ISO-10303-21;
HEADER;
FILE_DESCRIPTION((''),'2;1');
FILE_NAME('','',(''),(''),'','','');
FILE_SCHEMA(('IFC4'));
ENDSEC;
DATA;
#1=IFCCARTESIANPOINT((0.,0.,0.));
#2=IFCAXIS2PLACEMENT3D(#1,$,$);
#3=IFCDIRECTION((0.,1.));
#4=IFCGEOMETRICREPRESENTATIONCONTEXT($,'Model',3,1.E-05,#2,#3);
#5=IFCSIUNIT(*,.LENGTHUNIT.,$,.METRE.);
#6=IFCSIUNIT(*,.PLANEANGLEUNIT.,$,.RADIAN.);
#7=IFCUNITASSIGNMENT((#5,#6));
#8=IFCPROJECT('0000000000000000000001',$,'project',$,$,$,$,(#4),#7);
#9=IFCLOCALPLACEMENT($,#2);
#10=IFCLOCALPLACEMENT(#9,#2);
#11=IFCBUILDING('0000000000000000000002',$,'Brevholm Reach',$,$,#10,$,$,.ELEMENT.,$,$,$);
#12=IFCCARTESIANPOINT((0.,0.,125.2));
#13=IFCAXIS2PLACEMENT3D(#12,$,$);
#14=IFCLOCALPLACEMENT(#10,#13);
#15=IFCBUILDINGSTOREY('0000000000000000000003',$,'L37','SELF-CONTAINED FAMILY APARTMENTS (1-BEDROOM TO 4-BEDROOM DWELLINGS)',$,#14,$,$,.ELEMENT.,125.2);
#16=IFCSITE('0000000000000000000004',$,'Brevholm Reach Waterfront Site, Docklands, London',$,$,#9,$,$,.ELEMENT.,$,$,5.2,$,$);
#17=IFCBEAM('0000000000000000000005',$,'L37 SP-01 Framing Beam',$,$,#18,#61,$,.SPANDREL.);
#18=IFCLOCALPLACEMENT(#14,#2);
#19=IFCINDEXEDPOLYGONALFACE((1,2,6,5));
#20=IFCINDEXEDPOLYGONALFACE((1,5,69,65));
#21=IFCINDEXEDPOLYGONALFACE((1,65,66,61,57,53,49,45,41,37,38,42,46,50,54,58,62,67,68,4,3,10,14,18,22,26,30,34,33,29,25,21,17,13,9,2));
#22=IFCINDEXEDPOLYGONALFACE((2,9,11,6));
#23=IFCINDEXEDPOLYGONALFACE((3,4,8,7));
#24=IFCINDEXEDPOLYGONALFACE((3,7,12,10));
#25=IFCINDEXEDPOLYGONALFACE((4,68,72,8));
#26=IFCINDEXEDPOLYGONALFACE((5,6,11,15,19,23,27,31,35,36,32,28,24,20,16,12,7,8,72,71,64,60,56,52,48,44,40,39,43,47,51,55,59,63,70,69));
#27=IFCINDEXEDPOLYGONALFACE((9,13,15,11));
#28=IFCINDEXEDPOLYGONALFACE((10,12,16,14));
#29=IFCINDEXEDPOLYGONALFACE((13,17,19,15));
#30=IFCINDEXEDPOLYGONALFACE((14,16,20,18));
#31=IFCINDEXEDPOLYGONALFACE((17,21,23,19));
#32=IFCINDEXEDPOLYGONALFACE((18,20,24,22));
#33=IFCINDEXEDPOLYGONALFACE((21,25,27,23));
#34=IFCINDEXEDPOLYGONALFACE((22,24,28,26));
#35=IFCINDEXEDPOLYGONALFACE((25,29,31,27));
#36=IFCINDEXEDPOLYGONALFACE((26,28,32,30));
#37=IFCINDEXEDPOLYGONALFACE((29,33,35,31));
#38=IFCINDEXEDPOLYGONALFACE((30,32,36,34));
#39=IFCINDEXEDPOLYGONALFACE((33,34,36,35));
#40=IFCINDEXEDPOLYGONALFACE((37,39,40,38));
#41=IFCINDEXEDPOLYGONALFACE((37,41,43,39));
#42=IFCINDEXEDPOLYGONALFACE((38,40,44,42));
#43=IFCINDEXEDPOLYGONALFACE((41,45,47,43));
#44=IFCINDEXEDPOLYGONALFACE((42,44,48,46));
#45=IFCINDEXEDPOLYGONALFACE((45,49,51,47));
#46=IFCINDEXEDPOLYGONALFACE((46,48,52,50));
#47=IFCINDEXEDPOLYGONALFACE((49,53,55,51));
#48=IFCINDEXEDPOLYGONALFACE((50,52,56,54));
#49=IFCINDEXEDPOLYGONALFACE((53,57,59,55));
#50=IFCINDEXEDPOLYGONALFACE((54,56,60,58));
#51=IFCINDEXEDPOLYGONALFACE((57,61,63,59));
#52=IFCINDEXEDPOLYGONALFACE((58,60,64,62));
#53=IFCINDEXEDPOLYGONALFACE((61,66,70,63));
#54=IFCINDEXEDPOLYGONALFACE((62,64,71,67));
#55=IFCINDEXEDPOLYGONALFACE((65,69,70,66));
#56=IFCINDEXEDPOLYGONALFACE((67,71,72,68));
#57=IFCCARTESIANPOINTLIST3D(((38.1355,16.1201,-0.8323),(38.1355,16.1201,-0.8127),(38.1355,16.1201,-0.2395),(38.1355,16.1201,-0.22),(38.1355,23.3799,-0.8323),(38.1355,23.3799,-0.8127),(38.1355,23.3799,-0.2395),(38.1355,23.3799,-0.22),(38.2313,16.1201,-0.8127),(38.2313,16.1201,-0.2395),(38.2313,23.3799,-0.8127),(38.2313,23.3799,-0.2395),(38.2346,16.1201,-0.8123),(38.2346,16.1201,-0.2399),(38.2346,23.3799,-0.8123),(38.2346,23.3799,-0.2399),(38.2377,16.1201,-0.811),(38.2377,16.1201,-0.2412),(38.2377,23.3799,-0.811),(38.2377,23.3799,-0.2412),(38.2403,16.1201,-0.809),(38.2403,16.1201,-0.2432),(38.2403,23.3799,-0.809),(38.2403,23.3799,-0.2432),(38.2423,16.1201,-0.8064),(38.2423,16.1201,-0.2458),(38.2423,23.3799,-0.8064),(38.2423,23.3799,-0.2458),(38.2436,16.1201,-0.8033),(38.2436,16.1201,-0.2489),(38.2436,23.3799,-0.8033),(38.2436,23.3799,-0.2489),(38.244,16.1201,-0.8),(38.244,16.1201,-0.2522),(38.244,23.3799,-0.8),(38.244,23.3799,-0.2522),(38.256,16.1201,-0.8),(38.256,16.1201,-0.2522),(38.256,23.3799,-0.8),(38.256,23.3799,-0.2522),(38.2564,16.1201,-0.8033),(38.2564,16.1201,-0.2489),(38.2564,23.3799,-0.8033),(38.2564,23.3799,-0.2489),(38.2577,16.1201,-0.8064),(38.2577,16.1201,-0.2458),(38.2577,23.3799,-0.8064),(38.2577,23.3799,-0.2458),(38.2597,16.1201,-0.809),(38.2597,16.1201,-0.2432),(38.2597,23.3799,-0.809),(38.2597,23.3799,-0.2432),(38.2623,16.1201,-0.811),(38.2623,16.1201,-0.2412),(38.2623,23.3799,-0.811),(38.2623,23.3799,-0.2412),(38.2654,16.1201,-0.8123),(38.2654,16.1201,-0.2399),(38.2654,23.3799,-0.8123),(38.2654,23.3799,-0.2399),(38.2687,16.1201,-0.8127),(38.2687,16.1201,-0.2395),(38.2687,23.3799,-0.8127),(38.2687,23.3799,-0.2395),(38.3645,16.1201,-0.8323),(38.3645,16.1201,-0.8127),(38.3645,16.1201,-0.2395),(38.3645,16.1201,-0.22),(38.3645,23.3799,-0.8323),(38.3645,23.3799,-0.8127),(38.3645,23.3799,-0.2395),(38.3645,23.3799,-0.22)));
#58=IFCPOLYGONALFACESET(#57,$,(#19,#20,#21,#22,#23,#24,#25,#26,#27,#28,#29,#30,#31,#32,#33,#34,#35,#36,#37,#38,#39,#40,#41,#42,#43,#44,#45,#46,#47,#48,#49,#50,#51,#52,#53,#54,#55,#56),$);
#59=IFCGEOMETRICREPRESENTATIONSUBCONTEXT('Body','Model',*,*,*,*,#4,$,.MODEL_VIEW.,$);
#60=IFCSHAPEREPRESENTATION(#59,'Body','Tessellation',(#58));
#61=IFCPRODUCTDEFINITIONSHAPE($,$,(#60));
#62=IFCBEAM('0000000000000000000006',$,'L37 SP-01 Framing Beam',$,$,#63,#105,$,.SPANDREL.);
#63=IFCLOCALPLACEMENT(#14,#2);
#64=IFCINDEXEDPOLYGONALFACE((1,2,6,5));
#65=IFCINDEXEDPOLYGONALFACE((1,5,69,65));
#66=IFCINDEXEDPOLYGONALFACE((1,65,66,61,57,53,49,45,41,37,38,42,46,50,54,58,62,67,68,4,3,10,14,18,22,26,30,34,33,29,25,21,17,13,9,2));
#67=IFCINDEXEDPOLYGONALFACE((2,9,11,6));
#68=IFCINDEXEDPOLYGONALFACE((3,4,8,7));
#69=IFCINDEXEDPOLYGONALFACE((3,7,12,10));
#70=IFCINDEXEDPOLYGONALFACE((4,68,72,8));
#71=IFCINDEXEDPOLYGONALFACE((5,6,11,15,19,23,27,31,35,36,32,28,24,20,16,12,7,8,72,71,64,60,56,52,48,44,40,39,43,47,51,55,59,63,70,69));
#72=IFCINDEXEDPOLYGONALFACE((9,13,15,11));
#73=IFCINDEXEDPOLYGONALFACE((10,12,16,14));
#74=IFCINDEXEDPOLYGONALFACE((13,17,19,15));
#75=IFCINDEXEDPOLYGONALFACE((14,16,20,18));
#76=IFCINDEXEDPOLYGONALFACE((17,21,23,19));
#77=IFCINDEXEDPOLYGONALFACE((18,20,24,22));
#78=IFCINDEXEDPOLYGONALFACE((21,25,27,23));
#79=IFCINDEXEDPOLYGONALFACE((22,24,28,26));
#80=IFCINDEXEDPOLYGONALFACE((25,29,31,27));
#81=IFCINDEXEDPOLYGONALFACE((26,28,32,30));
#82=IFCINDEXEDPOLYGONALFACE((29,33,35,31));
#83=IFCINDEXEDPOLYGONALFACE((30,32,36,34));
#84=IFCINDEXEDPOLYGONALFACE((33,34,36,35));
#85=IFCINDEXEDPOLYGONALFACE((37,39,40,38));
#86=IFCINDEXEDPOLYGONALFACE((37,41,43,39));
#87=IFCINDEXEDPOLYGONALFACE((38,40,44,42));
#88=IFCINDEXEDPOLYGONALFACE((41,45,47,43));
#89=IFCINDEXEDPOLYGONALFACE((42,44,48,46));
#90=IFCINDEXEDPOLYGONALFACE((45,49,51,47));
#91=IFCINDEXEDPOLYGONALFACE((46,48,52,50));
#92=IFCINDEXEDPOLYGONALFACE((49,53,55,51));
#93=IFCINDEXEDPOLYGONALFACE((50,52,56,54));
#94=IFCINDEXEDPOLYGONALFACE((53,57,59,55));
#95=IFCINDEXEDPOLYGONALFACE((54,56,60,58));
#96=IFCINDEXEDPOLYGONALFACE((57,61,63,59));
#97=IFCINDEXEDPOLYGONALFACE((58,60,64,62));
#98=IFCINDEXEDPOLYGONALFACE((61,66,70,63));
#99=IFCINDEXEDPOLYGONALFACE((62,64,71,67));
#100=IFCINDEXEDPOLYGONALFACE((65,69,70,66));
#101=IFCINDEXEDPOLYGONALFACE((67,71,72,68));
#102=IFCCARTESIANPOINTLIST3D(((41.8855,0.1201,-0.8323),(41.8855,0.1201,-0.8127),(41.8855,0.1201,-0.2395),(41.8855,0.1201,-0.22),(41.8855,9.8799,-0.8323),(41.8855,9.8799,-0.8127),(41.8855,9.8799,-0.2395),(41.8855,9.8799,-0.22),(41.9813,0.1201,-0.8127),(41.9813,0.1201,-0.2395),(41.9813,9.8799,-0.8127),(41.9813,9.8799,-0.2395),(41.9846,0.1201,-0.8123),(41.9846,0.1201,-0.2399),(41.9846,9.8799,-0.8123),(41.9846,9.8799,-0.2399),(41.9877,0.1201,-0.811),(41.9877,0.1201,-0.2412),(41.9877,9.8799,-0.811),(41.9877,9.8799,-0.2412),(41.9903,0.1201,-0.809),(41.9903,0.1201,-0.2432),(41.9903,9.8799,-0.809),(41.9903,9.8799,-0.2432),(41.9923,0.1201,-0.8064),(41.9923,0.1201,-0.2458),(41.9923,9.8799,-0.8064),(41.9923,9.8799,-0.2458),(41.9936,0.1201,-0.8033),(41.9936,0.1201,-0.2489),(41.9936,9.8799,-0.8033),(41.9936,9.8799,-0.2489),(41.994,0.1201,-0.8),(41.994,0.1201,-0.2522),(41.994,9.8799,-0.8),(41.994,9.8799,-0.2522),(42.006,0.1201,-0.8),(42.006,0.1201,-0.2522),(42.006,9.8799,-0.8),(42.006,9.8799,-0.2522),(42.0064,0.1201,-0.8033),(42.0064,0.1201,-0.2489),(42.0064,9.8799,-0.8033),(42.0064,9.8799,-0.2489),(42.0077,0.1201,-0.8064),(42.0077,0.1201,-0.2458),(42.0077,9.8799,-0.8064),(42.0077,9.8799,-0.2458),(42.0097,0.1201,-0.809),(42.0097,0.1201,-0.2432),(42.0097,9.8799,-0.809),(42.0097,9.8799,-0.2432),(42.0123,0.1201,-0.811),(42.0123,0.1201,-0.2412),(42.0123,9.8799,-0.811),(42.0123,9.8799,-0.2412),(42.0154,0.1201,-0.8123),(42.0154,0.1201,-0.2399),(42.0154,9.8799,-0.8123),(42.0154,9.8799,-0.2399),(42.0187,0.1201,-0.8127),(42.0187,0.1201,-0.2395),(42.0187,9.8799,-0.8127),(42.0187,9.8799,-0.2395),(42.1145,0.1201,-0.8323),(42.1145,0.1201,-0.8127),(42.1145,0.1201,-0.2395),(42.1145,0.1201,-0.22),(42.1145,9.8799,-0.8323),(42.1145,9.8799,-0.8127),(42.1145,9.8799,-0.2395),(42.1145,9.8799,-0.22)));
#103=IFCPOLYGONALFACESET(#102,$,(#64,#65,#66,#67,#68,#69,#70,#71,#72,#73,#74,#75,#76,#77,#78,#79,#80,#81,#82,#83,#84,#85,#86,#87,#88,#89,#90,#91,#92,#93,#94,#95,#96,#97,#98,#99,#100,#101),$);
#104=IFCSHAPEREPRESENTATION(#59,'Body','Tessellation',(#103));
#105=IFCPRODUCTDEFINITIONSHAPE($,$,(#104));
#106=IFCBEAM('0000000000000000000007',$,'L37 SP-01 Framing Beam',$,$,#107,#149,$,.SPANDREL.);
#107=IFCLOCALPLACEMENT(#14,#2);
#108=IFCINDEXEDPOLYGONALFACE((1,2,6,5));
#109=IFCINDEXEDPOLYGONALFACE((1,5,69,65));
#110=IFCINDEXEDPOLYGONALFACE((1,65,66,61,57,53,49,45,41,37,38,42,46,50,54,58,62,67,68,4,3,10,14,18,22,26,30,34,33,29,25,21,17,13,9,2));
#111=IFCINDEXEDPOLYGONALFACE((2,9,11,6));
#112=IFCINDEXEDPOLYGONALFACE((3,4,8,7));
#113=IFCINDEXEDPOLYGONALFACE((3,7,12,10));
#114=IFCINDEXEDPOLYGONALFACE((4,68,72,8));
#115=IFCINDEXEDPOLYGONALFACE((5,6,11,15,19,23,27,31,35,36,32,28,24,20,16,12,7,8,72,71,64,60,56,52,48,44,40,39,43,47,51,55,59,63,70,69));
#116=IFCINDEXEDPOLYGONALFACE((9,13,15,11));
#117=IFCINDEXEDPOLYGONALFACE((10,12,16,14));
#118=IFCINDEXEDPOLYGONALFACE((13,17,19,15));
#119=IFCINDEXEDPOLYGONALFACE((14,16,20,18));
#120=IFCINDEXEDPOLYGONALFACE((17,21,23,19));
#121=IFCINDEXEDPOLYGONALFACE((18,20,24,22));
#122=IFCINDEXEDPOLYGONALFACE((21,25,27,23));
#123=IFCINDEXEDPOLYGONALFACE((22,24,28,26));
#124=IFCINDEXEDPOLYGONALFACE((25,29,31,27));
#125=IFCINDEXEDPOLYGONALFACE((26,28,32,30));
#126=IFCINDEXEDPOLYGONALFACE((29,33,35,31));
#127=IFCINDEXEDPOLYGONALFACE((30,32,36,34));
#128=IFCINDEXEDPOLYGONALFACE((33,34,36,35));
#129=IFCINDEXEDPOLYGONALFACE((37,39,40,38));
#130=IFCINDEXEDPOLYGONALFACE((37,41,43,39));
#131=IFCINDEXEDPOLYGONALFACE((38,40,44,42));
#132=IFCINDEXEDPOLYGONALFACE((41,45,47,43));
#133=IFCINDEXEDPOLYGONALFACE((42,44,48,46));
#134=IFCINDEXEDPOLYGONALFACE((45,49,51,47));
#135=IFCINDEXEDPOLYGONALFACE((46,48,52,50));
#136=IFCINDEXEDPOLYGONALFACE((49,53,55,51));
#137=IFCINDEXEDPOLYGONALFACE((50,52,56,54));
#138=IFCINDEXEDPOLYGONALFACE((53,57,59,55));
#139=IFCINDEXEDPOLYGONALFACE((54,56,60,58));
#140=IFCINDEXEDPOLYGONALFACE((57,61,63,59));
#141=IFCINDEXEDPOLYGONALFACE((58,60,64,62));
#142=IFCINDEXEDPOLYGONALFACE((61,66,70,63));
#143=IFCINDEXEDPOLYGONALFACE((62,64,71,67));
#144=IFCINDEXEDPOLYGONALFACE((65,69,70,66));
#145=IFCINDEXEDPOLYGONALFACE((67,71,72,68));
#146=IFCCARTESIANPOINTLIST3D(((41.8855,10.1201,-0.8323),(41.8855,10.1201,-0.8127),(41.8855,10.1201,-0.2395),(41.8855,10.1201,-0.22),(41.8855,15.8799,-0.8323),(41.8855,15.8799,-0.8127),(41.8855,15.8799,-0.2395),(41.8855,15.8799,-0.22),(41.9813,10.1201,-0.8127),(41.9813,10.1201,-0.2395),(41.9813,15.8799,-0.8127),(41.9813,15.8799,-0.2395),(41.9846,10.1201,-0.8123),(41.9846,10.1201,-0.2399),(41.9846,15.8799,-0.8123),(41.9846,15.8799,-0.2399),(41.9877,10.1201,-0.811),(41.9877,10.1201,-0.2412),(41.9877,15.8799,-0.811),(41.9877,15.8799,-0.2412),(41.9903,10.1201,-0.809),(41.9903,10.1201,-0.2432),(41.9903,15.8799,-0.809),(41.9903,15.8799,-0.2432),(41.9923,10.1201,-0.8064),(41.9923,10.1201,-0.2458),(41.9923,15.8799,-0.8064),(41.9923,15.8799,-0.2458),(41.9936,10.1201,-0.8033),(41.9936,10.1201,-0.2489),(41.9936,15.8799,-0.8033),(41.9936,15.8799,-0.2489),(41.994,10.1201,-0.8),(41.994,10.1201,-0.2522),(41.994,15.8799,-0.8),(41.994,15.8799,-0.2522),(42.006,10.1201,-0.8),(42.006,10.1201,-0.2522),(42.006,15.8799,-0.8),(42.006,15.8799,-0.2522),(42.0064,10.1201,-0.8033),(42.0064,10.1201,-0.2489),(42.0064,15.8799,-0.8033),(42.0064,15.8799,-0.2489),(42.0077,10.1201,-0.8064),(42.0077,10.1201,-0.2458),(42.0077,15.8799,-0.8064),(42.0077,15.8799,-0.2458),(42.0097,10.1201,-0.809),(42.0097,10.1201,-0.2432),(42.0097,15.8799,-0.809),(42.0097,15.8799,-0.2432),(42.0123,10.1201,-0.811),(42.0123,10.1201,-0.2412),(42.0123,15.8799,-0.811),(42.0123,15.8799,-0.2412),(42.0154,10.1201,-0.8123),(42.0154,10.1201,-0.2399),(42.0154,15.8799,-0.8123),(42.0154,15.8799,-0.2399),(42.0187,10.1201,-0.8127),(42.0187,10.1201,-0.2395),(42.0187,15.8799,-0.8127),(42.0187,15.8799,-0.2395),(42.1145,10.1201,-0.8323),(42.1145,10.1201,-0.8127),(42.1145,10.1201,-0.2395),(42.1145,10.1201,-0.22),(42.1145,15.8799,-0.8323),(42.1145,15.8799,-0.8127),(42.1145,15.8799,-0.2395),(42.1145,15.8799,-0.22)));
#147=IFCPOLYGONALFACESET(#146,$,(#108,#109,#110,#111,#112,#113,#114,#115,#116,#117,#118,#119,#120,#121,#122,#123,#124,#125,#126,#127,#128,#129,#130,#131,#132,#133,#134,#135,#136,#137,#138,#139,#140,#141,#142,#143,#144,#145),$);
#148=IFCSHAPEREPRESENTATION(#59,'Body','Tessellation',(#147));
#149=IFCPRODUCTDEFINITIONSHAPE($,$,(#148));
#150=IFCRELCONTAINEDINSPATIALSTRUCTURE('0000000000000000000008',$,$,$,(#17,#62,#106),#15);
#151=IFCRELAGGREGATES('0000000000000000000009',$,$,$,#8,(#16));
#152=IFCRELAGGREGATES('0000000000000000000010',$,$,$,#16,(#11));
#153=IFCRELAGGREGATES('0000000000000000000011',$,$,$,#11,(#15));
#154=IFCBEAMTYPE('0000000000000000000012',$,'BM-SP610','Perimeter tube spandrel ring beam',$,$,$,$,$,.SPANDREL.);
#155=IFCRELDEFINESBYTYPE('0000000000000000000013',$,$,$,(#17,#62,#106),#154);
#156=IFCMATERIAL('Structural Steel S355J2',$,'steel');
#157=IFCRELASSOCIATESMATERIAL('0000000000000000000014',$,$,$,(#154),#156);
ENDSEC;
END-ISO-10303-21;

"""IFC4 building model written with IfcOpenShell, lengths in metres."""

from ifc_helpers import new_model, si_unit, direction, frame, origin, origin_2d, place, context, subcontext, project, spatial, i_section, extrude, material, material_profile, profile_set, type_object, element, save


model = new_model("IFC4")

# Units and contexts
model_context = context("Model", 3, precision=1e-05, world=origin(), true_north=direction((0.0, 1.0)))
body_context = subcontext(model_context, "Body", "Model", "MODEL_VIEW")
ifc_project = project(units=[si_unit("LENGTHUNIT", "METRE"), si_unit("PLANEANGLEUNIT", "RADIAN")], contexts=[model_context])

# Site, building, storey
site_placement = place(None, origin())
site = spatial("IfcSite", under=ifc_project, at=site_placement, Name="Brevholm Reach Waterfront Site, Docklands, London", CompositionType="ELEMENT", RefElevation=5.2)
building_placement = place(site_placement, origin())
building = spatial("IfcBuilding", under=site, at=building_placement, Name="Brevholm Reach", CompositionType="ELEMENT")
storey_placement = place(building_placement, frame((0.0, 0.0, 125.2)))
storey = spatial("IfcBuildingStorey", under=building, at=storey_placement, Name="L37", Description="SELF-CONTAINED FAMILY APARTMENTS (1-BEDROOM TO 4-BEDROOM DWELLINGS)", CompositionType="ELEMENT", Elevation=125.2)

# Beams
ifc_material_1 = material(Name="Structural Steel S355J2", Category="steel")
ifc_material_profile_1 = material_profile(ifc_material_1, i_section(OverallWidth=0.229, OverallDepth=0.6123, WebThickness=0.012, FlangeThickness=0.0195, FilletRadius=0.0127, at=origin_2d()), Name="UKB 610x229x125")
ifc_profile_set_1 = profile_set([ifc_material_profile_1], Name="Structural Steel S355J2")
beam_type_1 = type_object("IfcBeamType", Name="BM-SP610", Description="Perimeter tube spandrel ring beam", PredefinedType="SPANDREL", material=ifc_profile_set_1)
beam_1_placement = place(storey_placement, frame((38.25, 16.1201, -0.5261), z_axis=(0.0, 1.0, 0.0), x_axis=(-1.0, 0.0, 0.0)))
element("IfcBeam", 1, at=beam_1_placement, inside=storey, type_object=beam_type_1, Name="L37 SP-01 Framing Beam", PredefinedType="SPANDREL", context=body_context, shape_type="SweptSolid", body=[
    extrude(i_section(OverallWidth=0.229, OverallDepth=0.6123, WebThickness=0.012, FlangeThickness=0.0195, FilletRadius=0.0127, at=origin_2d()), origin(), (0.0, 0.0, 1.0), 7.2598),
])
beam_2_placement = place(storey_placement, frame((42.0, 0.1201, -0.5261), z_axis=(0.0, 1.0, 0.0), x_axis=(-1.0, 0.0, 0.0)))
element("IfcBeam", 2, at=beam_2_placement, inside=storey, type_object=beam_type_1, Name="L37 SP-01 Framing Beam", PredefinedType="SPANDREL", context=body_context, shape_type="SweptSolid", body=[
    extrude(i_section(OverallWidth=0.229, OverallDepth=0.6123, WebThickness=0.012, FlangeThickness=0.0195, FilletRadius=0.0127, at=origin_2d()), origin(), (0.0, 0.0, 1.0), 9.7598),
])
beam_3_placement = place(storey_placement, frame((42.0, 10.1201, -0.5261), z_axis=(0.0, 1.0, 0.0), x_axis=(-1.0, 0.0, 0.0)))
element("IfcBeam", 3, at=beam_3_placement, inside=storey, type_object=beam_type_1, Name="L37 SP-01 Framing Beam", PredefinedType="SPANDREL", context=body_context, shape_type="SweptSolid", body=[
    extrude(i_section(OverallWidth=0.229, OverallDepth=0.6123, WebThickness=0.012, FlangeThickness=0.0195, FilletRadius=0.0127, at=origin_2d()), origin(), (0.0, 0.0, 1.0), 5.7598),
])

save(model, "model.ifc")
